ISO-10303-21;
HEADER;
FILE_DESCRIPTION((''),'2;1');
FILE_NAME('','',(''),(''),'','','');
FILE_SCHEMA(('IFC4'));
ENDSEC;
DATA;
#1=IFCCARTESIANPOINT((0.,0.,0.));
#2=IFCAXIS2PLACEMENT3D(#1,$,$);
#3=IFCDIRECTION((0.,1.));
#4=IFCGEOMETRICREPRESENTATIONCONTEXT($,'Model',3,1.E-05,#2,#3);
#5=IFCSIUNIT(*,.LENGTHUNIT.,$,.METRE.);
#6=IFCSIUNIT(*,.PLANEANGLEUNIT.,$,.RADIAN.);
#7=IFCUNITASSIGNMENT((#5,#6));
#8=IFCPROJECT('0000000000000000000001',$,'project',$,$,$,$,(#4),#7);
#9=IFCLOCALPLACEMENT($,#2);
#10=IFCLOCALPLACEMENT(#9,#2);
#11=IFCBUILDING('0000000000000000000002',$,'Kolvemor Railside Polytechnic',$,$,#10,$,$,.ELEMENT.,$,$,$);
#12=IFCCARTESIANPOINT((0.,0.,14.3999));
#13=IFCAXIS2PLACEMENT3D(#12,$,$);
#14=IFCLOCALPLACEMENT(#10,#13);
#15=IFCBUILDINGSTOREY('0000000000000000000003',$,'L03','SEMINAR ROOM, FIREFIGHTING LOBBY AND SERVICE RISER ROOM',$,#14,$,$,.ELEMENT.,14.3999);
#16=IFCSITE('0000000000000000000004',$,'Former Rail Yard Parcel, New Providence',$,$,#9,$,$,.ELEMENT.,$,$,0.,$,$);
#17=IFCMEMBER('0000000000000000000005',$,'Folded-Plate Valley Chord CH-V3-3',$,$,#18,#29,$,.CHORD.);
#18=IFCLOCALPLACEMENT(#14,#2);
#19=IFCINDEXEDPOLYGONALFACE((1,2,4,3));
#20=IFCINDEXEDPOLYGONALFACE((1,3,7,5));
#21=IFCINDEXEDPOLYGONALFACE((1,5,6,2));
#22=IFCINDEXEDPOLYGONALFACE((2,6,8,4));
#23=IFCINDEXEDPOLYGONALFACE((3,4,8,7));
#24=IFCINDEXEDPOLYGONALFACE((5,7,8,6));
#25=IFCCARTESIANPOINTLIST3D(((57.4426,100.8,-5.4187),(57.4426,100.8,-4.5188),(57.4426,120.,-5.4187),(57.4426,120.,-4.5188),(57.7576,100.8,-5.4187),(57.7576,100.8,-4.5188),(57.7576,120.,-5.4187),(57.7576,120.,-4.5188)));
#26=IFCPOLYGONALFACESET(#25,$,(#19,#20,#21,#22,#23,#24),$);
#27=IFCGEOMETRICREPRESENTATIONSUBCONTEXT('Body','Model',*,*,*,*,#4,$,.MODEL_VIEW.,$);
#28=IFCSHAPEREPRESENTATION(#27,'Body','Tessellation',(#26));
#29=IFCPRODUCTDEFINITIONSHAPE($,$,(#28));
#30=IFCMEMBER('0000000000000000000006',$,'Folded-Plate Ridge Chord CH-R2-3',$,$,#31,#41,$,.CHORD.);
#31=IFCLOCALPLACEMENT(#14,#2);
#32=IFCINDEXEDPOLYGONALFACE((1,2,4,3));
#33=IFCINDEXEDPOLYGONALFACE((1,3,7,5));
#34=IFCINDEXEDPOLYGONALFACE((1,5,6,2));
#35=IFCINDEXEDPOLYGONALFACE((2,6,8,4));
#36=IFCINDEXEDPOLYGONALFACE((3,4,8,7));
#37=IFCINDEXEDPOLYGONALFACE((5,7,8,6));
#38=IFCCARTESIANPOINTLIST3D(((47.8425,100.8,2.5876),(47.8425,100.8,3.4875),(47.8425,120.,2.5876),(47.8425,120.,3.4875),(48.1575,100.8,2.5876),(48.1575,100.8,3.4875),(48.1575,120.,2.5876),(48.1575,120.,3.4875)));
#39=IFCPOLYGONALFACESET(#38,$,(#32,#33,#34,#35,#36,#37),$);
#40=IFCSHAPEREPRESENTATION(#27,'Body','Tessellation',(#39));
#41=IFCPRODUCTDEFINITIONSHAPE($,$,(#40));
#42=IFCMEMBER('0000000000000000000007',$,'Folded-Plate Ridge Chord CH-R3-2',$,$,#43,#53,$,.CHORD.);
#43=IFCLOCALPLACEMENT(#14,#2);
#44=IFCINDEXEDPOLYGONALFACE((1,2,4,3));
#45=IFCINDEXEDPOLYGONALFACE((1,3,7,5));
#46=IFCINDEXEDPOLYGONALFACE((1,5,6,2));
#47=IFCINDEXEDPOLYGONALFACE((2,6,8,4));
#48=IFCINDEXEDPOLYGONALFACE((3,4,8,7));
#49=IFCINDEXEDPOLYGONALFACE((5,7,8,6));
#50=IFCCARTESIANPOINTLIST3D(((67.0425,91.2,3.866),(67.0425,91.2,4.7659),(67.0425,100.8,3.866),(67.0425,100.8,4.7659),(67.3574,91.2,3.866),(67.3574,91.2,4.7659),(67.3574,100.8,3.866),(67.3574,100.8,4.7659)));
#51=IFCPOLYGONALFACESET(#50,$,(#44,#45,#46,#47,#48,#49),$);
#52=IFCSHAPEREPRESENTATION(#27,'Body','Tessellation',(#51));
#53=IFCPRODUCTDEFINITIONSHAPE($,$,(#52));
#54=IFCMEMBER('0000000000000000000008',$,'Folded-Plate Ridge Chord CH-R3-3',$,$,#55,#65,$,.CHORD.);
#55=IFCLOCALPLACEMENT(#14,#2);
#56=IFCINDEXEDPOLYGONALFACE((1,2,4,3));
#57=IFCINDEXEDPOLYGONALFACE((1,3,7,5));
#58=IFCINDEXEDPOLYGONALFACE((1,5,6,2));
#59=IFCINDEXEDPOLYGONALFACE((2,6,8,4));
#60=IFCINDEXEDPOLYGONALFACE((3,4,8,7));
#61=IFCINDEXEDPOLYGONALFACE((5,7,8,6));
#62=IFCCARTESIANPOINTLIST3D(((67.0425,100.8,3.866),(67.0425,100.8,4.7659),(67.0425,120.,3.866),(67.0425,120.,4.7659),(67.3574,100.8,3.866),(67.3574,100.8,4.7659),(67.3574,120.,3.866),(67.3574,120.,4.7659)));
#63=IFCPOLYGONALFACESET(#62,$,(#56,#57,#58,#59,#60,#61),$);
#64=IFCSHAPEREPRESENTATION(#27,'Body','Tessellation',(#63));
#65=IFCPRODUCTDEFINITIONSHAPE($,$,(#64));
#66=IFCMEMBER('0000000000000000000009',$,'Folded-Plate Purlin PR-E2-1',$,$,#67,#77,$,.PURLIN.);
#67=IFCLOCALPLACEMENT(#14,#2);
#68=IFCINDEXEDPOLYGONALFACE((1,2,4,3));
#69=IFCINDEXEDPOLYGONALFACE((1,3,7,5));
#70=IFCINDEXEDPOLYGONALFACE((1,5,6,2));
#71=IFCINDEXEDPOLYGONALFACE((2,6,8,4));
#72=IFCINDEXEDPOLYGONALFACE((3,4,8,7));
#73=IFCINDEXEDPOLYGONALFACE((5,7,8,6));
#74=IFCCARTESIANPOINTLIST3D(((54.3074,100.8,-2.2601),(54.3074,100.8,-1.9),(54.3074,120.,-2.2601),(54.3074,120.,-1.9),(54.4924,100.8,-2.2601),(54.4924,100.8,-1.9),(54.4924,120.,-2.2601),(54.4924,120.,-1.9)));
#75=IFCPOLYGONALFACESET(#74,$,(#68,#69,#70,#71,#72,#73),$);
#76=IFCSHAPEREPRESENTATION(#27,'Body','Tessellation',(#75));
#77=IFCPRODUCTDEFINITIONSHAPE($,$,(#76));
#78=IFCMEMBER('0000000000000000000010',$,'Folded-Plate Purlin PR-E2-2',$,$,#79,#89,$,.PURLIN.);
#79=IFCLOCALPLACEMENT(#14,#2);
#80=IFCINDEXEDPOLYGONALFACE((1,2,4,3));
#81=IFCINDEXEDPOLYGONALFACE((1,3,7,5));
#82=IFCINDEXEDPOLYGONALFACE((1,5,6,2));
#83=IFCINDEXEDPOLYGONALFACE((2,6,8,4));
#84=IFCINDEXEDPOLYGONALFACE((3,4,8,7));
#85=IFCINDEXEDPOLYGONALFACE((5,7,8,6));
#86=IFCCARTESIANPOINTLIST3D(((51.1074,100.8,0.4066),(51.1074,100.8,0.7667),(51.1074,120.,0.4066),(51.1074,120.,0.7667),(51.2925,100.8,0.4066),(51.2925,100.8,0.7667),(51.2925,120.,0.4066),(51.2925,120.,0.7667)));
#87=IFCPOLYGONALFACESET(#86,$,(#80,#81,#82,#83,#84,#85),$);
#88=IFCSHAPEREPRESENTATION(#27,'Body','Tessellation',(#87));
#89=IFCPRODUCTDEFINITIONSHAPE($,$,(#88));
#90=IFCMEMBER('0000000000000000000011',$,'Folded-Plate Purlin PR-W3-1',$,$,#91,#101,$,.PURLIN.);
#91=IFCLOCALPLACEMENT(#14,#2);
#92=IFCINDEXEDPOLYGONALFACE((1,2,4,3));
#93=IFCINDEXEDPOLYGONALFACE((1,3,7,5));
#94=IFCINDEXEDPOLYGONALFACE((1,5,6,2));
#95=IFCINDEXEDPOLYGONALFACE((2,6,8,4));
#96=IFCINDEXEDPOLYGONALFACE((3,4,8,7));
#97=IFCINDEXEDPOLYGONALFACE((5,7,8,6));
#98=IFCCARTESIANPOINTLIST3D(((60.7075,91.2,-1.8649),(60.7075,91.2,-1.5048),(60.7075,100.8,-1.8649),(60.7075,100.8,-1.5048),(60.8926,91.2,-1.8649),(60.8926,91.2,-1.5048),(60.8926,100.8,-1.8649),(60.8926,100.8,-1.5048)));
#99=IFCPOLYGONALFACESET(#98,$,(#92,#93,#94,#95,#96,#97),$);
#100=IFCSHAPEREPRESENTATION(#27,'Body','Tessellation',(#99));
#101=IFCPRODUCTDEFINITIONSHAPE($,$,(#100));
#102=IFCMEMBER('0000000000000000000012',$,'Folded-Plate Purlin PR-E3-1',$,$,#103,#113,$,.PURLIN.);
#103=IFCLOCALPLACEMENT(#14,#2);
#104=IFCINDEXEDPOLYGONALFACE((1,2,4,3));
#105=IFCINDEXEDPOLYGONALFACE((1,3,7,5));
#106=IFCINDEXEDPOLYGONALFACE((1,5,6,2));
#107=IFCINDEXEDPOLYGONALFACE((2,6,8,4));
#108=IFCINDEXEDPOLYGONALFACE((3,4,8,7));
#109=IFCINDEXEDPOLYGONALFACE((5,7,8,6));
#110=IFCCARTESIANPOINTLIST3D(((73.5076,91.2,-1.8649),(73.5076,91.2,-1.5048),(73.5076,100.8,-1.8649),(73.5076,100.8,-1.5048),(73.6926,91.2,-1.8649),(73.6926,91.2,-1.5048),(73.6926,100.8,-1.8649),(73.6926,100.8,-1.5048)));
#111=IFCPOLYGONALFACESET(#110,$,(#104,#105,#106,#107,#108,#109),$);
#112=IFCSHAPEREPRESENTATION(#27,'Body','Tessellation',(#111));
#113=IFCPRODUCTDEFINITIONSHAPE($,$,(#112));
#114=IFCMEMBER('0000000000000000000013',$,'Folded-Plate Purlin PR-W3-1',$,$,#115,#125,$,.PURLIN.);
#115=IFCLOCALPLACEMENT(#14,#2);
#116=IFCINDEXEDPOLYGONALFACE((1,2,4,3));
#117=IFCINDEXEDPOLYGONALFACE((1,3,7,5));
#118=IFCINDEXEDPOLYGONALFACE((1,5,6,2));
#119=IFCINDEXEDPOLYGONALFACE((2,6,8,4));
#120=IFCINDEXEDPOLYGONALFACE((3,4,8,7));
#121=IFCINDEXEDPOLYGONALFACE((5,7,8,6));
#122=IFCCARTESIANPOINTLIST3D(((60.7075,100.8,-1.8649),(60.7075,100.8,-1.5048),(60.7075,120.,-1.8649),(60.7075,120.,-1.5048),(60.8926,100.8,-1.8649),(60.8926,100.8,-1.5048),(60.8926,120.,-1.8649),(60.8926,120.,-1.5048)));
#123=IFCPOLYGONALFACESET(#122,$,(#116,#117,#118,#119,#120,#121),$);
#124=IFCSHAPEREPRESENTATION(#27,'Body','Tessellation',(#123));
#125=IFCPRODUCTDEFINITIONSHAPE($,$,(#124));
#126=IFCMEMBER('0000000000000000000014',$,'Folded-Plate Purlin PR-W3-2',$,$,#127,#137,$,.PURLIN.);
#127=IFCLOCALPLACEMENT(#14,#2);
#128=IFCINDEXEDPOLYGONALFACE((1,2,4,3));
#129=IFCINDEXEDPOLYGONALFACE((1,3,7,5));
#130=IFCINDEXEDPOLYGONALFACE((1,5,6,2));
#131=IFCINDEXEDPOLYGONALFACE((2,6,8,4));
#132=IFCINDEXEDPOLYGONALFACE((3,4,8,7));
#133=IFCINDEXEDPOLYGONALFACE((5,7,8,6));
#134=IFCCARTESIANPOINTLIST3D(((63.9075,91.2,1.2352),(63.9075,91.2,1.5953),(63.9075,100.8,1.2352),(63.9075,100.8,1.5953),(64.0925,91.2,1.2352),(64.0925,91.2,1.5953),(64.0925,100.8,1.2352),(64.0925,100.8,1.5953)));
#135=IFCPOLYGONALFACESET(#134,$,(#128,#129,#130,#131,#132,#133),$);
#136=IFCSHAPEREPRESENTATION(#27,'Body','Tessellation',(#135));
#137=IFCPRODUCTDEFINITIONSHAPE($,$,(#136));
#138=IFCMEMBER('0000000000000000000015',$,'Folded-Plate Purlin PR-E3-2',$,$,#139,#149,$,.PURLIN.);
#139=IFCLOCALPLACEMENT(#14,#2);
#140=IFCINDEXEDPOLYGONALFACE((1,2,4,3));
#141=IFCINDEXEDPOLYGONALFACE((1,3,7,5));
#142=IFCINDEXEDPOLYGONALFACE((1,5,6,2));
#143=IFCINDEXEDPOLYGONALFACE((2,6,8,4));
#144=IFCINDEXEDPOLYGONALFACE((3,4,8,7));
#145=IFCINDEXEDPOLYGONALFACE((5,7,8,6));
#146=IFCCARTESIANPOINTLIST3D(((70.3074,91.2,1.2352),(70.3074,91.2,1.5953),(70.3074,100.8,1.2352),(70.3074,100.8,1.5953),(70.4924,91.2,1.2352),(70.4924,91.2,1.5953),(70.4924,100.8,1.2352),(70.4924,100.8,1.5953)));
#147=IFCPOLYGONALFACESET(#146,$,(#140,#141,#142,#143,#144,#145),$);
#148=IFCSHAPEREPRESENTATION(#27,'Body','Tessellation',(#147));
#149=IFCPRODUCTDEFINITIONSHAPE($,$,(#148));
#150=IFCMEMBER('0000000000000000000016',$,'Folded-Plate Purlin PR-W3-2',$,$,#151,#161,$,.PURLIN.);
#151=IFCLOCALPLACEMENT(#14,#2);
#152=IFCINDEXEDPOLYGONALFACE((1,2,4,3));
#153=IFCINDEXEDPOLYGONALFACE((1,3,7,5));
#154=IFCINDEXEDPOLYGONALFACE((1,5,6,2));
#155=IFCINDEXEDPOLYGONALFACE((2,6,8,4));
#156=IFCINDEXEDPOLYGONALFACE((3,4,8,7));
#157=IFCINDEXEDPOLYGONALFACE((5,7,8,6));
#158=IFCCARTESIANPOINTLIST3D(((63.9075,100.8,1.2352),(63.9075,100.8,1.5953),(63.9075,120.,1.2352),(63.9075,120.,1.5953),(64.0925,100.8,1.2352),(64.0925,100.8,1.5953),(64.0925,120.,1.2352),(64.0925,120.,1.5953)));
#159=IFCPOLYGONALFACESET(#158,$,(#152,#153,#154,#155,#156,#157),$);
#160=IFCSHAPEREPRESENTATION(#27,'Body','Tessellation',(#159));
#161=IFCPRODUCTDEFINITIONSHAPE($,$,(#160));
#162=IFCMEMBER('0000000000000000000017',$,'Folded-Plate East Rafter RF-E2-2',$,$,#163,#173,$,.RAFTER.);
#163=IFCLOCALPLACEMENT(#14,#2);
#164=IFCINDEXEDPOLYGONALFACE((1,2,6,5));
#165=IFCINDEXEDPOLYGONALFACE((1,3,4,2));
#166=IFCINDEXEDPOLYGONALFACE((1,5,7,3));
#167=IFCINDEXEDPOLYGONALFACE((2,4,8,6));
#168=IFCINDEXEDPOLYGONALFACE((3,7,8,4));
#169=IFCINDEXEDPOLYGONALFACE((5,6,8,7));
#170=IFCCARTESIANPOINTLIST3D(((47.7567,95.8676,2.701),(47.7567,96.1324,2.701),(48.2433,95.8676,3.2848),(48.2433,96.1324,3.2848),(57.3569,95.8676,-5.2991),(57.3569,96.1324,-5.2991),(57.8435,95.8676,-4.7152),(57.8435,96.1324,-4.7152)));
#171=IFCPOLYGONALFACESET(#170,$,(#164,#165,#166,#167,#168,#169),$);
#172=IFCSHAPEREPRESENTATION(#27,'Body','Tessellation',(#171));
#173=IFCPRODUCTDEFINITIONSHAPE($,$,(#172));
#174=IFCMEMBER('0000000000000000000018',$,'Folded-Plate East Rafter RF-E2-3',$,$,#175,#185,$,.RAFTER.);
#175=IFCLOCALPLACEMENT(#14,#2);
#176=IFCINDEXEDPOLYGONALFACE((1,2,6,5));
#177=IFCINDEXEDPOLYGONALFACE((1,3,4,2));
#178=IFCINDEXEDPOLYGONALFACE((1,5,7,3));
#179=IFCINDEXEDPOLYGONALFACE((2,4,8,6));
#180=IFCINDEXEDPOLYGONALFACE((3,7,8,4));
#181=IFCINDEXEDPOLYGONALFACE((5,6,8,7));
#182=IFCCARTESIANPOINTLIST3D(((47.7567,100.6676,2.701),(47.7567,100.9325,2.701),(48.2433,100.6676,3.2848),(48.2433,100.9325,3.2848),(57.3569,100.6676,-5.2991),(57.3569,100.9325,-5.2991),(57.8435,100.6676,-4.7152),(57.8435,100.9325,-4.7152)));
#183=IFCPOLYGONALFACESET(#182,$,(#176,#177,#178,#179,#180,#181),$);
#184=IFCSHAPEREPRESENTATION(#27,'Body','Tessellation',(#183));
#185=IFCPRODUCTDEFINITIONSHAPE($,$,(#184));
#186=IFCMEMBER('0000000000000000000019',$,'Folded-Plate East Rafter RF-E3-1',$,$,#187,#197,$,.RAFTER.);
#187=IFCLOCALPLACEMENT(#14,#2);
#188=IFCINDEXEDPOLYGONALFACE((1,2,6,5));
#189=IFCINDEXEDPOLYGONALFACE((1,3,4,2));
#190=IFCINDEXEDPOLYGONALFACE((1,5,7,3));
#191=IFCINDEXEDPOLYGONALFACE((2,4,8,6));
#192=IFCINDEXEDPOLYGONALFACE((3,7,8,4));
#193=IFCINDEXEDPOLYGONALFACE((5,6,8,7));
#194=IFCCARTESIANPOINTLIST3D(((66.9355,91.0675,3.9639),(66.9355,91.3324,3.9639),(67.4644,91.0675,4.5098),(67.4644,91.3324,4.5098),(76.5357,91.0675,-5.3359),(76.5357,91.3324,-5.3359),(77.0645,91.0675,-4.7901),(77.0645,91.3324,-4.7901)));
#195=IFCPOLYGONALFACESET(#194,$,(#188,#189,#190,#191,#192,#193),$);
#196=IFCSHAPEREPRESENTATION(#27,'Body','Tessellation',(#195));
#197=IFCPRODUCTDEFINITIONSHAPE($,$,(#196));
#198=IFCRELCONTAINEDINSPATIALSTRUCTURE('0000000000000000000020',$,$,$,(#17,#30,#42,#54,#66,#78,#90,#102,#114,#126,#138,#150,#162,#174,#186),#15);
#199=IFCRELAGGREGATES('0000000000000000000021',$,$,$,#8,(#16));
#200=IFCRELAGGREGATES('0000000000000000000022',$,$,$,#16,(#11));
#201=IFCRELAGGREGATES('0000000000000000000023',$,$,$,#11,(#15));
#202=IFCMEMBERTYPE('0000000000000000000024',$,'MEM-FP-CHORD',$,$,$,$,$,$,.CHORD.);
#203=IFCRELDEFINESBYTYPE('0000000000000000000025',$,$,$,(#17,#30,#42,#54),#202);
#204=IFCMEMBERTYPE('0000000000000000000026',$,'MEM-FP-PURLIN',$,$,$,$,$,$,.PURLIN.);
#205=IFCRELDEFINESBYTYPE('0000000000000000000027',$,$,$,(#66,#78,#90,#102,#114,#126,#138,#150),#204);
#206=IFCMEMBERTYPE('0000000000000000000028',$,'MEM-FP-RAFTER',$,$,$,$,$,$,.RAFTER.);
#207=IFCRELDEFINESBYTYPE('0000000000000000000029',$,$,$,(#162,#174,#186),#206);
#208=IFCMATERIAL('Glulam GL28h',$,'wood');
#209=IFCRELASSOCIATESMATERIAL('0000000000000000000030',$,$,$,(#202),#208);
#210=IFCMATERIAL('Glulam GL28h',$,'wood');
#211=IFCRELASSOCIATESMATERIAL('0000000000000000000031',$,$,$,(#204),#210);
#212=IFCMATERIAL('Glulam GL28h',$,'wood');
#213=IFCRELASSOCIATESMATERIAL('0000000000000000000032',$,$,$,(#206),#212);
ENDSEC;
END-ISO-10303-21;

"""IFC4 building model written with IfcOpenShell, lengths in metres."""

from ifc_helpers import new_model, si_unit, direction, frame, origin, origin_2d, place, context, subcontext, project, spatial, rectangle, extrude, material, material_profile, profile_set, type_object, element, save


model = new_model("IFC4")

# Units and contexts
model_context = context("Model", 3, precision=1e-05, world=origin(), true_north=direction((0.0, 1.0)))
body_context = subcontext(model_context, "Body", "Model", "MODEL_VIEW")
ifc_project = project(units=[si_unit("LENGTHUNIT", "METRE"), si_unit("PLANEANGLEUNIT", "RADIAN")], contexts=[model_context])

# Site, building, storey
site_placement = place(None, origin())
site = spatial("IfcSite", under=ifc_project, at=site_placement, Name="Former Rail Yard Parcel, New Providence", CompositionType="ELEMENT", RefElevation=0.0)
building_placement = place(site_placement, origin())
building = spatial("IfcBuilding", under=site, at=building_placement, Name="Kolvemor Railside Polytechnic", CompositionType="ELEMENT")
storey_placement = place(building_placement, frame((0.0, 0.0, 14.3999)))
storey = spatial("IfcBuildingStorey", under=building, at=storey_placement, Name="L03", Description="SEMINAR ROOM, FIREFIGHTING LOBBY AND SERVICE RISER ROOM", CompositionType="ELEMENT", Elevation=14.3999)

# Members
ifc_material_1 = material(Name="Glulam GL28h", Category="wood")
ifc_material_profile_1 = material_profile(ifc_material_1, rectangle(XDim=0.3149, YDim=0.8999, at=origin_2d()), Name="GL315x900")
ifc_profile_set_1 = profile_set([ifc_material_profile_1], Name="Glulam GL28h")
member_type_1 = type_object("IfcMemberType", Name="MEM-FP-CHORD", PredefinedType="CHORD", material=ifc_profile_set_1)
for number, where, z_axis, x_axis, name in (
    (1, (57.6001, 100.8, -4.9688), (0.0, 1.0, 0.0), (-1.0, 0.0, 0.0), "Folded-Plate Valley Chord CH-V3-3"),
    (2, (48.0, 100.8, 3.0376), (0.0, 1.0, 0.0), (-1.0, 0.0, 0.0), "Folded-Plate Ridge Chord CH-R2-3"),
):
    element("IfcMember", number, at=place(storey_placement, frame(where, z_axis=z_axis, x_axis=x_axis)), inside=storey, type_object=member_type_1, Name=name, PredefinedType="CHORD", context=body_context, shape_type="SweptSolid", body=[
        extrude(rectangle(XDim=0.3149, YDim=0.8999, at=origin_2d()), origin(), (0.0, 0.0, 1.0), 19.2),
    ])
member_1_placement = place(storey_placement, frame((67.2, 91.2, 4.3159), z_axis=(0.0, 1.0, 0.0), x_axis=(-1.0, 0.0, 0.0)))
element("IfcMember", 3, at=member_1_placement, inside=storey, type_object=member_type_1, Name="Folded-Plate Ridge Chord CH-R3-2", PredefinedType="CHORD", context=body_context, shape_type="SweptSolid", body=[
    extrude(rectangle(XDim=0.3149, YDim=0.8999, at=origin_2d()), origin(), (0.0, 0.0, 1.0), 9.6001),
])
member_2_placement = place(storey_placement, frame((67.2, 100.8, 4.3159), z_axis=(0.0, 1.0, 0.0), x_axis=(-1.0, 0.0, 0.0)))
element("IfcMember", 4, at=member_2_placement, inside=storey, type_object=member_type_1, Name="Folded-Plate Ridge Chord CH-R3-3", PredefinedType="CHORD", context=body_context, shape_type="SweptSolid", body=[
    extrude(rectangle(XDim=0.3149, YDim=0.8999, at=origin_2d()), origin(), (0.0, 0.0, 1.0), 19.2),
])
ifc_material_2 = material(Name="Glulam GL28h", Category="wood")
ifc_material_profile_2 = material_profile(ifc_material_2, rectangle(XDim=0.1851, YDim=0.3601, at=origin_2d()), Name="GL185x360")
ifc_profile_set_2 = profile_set([ifc_material_profile_2], Name="Glulam GL28h")
member_type_2 = type_object("IfcMemberType", Name="MEM-FP-PURLIN", PredefinedType="PURLIN", material=ifc_profile_set_2)
for number, where, z_axis, x_axis, name in (
    (5, (54.3999, 100.8, -2.0801), (0.0, 1.0, 0.0), (-1.0, 0.0, 0.0), "Folded-Plate Purlin PR-E2-1"),
    (6, (51.2, 100.8, 0.5867), (0.0, 1.0, 0.0), (-1.0, 0.0, 0.0), "Folded-Plate Purlin PR-E2-2"),
):
    element("IfcMember", number, at=place(storey_placement, frame(where, z_axis=z_axis, x_axis=x_axis)), inside=storey, type_object=member_type_2, Name=name, PredefinedType="PURLIN", context=body_context, shape_type="SweptSolid", body=[
        extrude(rectangle(XDim=0.1851, YDim=0.3601, at=origin_2d()), origin(), (0.0, 0.0, 1.0), 19.2),
    ])
for number, where, z_axis, x_axis, name in (
    (7, (60.8, 91.2, -1.6848), (0.0, 1.0, 0.0), (-1.0, 0.0, 0.0), "Folded-Plate Purlin PR-W3-1"),
    (8, (73.6001, 91.2, -1.6848), (0.0, 1.0, 0.0), (-1.0, 0.0, 0.0), "Folded-Plate Purlin PR-E3-1"),
):
    element("IfcMember", number, at=place(storey_placement, frame(where, z_axis=z_axis, x_axis=x_axis)), inside=storey, type_object=member_type_2, Name=name, PredefinedType="PURLIN", context=body_context, shape_type="SweptSolid", body=[
        extrude(rectangle(XDim=0.1851, YDim=0.3601, at=origin_2d()), origin(), (0.0, 0.0, 1.0), 9.6001),
    ])
member_3_placement = place(storey_placement, frame((60.8, 100.8, -1.6848), z_axis=(0.0, 1.0, 0.0), x_axis=(-1.0, 0.0, 0.0)))
element("IfcMember", 9, at=member_3_placement, inside=storey, type_object=member_type_2, Name="Folded-Plate Purlin PR-W3-1", PredefinedType="PURLIN", context=body_context, shape_type="SweptSolid", body=[
    extrude(rectangle(XDim=0.1851, YDim=0.3601, at=origin_2d()), origin(), (0.0, 0.0, 1.0), 19.2),
])
for number, where, z_axis, x_axis, name in (
    (10, (64.0, 91.2, 1.4153), (0.0, 1.0, 0.0), (-1.0, 0.0, 0.0), "Folded-Plate Purlin PR-W3-2"),
    (11, (70.3999, 91.2, 1.4153), (0.0, 1.0, 0.0), (-1.0, 0.0, 0.0), "Folded-Plate Purlin PR-E3-2"),
):
    element("IfcMember", number, at=place(storey_placement, frame(where, z_axis=z_axis, x_axis=x_axis)), inside=storey, type_object=member_type_2, Name=name, PredefinedType="PURLIN", context=body_context, shape_type="SweptSolid", body=[
        extrude(rectangle(XDim=0.1851, YDim=0.3601, at=origin_2d()), origin(), (0.0, 0.0, 1.0), 9.6001),
    ])
member_4_placement = place(storey_placement, frame((64.0, 100.8, 1.4153), z_axis=(0.0, 1.0, 0.0), x_axis=(-1.0, 0.0, 0.0)))
element("IfcMember", 12, at=member_4_placement, inside=storey, type_object=member_type_2, Name="Folded-Plate Purlin PR-W3-2", PredefinedType="PURLIN", context=body_context, shape_type="SweptSolid", body=[
    extrude(rectangle(XDim=0.1851, YDim=0.3601, at=origin_2d()), origin(), (0.0, 0.0, 1.0), 19.2),
])
ifc_material_3 = material(Name="Glulam GL28h", Category="wood")
ifc_material_profile_3 = material_profile(ifc_material_3, rectangle(XDim=0.2649, YDim=0.76, at=origin_2d()), Name="GL265x760")
ifc_profile_set_3 = profile_set([ifc_material_profile_3], Name="Glulam GL28h")
member_type_3 = type_object("IfcMemberType", Name="MEM-FP-RAFTER", PredefinedType="RAFTER", material=ifc_profile_set_3)
for number, where, z_axis, x_axis, name in (
    (13, (48.0, 96.0, 2.9929), (0.768224, 0.0, -0.640181), (0.0, 1.0, 0.0), "Folded-Plate East Rafter RF-E2-2"),
    (14, (48.0, 100.8, 2.9929), (0.768224, 0.0, -0.640181), (0.0, 1.0, 0.0), "Folded-Plate East Rafter RF-E2-3"),
):
    element("IfcMember", number, at=place(storey_placement, frame(where, z_axis=z_axis, x_axis=x_axis)), inside=storey, type_object=member_type_3, Name=name, PredefinedType="RAFTER", context=body_context, shape_type="SweptSolid", body=[
        extrude(rectangle(XDim=0.2649, YDim=0.76, at=origin_2d()), origin(), (0.0, 0.0, 1.0), 12.4966),
    ])
member_5_placement = place(storey_placement, frame((67.2, 91.2, 4.2368), z_axis=(0.718251, 0.0, -0.695784), x_axis=(0.0, 1.0, 0.0)))
element("IfcMember", 15, at=member_5_placement, inside=storey, type_object=member_type_3, Name="Folded-Plate East Rafter RF-E3-1", PredefinedType="RAFTER", context=body_context, shape_type="SweptSolid", body=[
    extrude(rectangle(XDim=0.2649, YDim=0.76, at=origin_2d()), origin(), (0.0, 0.0, 1.0), 13.366),
])

save(model, "model.ifc")
